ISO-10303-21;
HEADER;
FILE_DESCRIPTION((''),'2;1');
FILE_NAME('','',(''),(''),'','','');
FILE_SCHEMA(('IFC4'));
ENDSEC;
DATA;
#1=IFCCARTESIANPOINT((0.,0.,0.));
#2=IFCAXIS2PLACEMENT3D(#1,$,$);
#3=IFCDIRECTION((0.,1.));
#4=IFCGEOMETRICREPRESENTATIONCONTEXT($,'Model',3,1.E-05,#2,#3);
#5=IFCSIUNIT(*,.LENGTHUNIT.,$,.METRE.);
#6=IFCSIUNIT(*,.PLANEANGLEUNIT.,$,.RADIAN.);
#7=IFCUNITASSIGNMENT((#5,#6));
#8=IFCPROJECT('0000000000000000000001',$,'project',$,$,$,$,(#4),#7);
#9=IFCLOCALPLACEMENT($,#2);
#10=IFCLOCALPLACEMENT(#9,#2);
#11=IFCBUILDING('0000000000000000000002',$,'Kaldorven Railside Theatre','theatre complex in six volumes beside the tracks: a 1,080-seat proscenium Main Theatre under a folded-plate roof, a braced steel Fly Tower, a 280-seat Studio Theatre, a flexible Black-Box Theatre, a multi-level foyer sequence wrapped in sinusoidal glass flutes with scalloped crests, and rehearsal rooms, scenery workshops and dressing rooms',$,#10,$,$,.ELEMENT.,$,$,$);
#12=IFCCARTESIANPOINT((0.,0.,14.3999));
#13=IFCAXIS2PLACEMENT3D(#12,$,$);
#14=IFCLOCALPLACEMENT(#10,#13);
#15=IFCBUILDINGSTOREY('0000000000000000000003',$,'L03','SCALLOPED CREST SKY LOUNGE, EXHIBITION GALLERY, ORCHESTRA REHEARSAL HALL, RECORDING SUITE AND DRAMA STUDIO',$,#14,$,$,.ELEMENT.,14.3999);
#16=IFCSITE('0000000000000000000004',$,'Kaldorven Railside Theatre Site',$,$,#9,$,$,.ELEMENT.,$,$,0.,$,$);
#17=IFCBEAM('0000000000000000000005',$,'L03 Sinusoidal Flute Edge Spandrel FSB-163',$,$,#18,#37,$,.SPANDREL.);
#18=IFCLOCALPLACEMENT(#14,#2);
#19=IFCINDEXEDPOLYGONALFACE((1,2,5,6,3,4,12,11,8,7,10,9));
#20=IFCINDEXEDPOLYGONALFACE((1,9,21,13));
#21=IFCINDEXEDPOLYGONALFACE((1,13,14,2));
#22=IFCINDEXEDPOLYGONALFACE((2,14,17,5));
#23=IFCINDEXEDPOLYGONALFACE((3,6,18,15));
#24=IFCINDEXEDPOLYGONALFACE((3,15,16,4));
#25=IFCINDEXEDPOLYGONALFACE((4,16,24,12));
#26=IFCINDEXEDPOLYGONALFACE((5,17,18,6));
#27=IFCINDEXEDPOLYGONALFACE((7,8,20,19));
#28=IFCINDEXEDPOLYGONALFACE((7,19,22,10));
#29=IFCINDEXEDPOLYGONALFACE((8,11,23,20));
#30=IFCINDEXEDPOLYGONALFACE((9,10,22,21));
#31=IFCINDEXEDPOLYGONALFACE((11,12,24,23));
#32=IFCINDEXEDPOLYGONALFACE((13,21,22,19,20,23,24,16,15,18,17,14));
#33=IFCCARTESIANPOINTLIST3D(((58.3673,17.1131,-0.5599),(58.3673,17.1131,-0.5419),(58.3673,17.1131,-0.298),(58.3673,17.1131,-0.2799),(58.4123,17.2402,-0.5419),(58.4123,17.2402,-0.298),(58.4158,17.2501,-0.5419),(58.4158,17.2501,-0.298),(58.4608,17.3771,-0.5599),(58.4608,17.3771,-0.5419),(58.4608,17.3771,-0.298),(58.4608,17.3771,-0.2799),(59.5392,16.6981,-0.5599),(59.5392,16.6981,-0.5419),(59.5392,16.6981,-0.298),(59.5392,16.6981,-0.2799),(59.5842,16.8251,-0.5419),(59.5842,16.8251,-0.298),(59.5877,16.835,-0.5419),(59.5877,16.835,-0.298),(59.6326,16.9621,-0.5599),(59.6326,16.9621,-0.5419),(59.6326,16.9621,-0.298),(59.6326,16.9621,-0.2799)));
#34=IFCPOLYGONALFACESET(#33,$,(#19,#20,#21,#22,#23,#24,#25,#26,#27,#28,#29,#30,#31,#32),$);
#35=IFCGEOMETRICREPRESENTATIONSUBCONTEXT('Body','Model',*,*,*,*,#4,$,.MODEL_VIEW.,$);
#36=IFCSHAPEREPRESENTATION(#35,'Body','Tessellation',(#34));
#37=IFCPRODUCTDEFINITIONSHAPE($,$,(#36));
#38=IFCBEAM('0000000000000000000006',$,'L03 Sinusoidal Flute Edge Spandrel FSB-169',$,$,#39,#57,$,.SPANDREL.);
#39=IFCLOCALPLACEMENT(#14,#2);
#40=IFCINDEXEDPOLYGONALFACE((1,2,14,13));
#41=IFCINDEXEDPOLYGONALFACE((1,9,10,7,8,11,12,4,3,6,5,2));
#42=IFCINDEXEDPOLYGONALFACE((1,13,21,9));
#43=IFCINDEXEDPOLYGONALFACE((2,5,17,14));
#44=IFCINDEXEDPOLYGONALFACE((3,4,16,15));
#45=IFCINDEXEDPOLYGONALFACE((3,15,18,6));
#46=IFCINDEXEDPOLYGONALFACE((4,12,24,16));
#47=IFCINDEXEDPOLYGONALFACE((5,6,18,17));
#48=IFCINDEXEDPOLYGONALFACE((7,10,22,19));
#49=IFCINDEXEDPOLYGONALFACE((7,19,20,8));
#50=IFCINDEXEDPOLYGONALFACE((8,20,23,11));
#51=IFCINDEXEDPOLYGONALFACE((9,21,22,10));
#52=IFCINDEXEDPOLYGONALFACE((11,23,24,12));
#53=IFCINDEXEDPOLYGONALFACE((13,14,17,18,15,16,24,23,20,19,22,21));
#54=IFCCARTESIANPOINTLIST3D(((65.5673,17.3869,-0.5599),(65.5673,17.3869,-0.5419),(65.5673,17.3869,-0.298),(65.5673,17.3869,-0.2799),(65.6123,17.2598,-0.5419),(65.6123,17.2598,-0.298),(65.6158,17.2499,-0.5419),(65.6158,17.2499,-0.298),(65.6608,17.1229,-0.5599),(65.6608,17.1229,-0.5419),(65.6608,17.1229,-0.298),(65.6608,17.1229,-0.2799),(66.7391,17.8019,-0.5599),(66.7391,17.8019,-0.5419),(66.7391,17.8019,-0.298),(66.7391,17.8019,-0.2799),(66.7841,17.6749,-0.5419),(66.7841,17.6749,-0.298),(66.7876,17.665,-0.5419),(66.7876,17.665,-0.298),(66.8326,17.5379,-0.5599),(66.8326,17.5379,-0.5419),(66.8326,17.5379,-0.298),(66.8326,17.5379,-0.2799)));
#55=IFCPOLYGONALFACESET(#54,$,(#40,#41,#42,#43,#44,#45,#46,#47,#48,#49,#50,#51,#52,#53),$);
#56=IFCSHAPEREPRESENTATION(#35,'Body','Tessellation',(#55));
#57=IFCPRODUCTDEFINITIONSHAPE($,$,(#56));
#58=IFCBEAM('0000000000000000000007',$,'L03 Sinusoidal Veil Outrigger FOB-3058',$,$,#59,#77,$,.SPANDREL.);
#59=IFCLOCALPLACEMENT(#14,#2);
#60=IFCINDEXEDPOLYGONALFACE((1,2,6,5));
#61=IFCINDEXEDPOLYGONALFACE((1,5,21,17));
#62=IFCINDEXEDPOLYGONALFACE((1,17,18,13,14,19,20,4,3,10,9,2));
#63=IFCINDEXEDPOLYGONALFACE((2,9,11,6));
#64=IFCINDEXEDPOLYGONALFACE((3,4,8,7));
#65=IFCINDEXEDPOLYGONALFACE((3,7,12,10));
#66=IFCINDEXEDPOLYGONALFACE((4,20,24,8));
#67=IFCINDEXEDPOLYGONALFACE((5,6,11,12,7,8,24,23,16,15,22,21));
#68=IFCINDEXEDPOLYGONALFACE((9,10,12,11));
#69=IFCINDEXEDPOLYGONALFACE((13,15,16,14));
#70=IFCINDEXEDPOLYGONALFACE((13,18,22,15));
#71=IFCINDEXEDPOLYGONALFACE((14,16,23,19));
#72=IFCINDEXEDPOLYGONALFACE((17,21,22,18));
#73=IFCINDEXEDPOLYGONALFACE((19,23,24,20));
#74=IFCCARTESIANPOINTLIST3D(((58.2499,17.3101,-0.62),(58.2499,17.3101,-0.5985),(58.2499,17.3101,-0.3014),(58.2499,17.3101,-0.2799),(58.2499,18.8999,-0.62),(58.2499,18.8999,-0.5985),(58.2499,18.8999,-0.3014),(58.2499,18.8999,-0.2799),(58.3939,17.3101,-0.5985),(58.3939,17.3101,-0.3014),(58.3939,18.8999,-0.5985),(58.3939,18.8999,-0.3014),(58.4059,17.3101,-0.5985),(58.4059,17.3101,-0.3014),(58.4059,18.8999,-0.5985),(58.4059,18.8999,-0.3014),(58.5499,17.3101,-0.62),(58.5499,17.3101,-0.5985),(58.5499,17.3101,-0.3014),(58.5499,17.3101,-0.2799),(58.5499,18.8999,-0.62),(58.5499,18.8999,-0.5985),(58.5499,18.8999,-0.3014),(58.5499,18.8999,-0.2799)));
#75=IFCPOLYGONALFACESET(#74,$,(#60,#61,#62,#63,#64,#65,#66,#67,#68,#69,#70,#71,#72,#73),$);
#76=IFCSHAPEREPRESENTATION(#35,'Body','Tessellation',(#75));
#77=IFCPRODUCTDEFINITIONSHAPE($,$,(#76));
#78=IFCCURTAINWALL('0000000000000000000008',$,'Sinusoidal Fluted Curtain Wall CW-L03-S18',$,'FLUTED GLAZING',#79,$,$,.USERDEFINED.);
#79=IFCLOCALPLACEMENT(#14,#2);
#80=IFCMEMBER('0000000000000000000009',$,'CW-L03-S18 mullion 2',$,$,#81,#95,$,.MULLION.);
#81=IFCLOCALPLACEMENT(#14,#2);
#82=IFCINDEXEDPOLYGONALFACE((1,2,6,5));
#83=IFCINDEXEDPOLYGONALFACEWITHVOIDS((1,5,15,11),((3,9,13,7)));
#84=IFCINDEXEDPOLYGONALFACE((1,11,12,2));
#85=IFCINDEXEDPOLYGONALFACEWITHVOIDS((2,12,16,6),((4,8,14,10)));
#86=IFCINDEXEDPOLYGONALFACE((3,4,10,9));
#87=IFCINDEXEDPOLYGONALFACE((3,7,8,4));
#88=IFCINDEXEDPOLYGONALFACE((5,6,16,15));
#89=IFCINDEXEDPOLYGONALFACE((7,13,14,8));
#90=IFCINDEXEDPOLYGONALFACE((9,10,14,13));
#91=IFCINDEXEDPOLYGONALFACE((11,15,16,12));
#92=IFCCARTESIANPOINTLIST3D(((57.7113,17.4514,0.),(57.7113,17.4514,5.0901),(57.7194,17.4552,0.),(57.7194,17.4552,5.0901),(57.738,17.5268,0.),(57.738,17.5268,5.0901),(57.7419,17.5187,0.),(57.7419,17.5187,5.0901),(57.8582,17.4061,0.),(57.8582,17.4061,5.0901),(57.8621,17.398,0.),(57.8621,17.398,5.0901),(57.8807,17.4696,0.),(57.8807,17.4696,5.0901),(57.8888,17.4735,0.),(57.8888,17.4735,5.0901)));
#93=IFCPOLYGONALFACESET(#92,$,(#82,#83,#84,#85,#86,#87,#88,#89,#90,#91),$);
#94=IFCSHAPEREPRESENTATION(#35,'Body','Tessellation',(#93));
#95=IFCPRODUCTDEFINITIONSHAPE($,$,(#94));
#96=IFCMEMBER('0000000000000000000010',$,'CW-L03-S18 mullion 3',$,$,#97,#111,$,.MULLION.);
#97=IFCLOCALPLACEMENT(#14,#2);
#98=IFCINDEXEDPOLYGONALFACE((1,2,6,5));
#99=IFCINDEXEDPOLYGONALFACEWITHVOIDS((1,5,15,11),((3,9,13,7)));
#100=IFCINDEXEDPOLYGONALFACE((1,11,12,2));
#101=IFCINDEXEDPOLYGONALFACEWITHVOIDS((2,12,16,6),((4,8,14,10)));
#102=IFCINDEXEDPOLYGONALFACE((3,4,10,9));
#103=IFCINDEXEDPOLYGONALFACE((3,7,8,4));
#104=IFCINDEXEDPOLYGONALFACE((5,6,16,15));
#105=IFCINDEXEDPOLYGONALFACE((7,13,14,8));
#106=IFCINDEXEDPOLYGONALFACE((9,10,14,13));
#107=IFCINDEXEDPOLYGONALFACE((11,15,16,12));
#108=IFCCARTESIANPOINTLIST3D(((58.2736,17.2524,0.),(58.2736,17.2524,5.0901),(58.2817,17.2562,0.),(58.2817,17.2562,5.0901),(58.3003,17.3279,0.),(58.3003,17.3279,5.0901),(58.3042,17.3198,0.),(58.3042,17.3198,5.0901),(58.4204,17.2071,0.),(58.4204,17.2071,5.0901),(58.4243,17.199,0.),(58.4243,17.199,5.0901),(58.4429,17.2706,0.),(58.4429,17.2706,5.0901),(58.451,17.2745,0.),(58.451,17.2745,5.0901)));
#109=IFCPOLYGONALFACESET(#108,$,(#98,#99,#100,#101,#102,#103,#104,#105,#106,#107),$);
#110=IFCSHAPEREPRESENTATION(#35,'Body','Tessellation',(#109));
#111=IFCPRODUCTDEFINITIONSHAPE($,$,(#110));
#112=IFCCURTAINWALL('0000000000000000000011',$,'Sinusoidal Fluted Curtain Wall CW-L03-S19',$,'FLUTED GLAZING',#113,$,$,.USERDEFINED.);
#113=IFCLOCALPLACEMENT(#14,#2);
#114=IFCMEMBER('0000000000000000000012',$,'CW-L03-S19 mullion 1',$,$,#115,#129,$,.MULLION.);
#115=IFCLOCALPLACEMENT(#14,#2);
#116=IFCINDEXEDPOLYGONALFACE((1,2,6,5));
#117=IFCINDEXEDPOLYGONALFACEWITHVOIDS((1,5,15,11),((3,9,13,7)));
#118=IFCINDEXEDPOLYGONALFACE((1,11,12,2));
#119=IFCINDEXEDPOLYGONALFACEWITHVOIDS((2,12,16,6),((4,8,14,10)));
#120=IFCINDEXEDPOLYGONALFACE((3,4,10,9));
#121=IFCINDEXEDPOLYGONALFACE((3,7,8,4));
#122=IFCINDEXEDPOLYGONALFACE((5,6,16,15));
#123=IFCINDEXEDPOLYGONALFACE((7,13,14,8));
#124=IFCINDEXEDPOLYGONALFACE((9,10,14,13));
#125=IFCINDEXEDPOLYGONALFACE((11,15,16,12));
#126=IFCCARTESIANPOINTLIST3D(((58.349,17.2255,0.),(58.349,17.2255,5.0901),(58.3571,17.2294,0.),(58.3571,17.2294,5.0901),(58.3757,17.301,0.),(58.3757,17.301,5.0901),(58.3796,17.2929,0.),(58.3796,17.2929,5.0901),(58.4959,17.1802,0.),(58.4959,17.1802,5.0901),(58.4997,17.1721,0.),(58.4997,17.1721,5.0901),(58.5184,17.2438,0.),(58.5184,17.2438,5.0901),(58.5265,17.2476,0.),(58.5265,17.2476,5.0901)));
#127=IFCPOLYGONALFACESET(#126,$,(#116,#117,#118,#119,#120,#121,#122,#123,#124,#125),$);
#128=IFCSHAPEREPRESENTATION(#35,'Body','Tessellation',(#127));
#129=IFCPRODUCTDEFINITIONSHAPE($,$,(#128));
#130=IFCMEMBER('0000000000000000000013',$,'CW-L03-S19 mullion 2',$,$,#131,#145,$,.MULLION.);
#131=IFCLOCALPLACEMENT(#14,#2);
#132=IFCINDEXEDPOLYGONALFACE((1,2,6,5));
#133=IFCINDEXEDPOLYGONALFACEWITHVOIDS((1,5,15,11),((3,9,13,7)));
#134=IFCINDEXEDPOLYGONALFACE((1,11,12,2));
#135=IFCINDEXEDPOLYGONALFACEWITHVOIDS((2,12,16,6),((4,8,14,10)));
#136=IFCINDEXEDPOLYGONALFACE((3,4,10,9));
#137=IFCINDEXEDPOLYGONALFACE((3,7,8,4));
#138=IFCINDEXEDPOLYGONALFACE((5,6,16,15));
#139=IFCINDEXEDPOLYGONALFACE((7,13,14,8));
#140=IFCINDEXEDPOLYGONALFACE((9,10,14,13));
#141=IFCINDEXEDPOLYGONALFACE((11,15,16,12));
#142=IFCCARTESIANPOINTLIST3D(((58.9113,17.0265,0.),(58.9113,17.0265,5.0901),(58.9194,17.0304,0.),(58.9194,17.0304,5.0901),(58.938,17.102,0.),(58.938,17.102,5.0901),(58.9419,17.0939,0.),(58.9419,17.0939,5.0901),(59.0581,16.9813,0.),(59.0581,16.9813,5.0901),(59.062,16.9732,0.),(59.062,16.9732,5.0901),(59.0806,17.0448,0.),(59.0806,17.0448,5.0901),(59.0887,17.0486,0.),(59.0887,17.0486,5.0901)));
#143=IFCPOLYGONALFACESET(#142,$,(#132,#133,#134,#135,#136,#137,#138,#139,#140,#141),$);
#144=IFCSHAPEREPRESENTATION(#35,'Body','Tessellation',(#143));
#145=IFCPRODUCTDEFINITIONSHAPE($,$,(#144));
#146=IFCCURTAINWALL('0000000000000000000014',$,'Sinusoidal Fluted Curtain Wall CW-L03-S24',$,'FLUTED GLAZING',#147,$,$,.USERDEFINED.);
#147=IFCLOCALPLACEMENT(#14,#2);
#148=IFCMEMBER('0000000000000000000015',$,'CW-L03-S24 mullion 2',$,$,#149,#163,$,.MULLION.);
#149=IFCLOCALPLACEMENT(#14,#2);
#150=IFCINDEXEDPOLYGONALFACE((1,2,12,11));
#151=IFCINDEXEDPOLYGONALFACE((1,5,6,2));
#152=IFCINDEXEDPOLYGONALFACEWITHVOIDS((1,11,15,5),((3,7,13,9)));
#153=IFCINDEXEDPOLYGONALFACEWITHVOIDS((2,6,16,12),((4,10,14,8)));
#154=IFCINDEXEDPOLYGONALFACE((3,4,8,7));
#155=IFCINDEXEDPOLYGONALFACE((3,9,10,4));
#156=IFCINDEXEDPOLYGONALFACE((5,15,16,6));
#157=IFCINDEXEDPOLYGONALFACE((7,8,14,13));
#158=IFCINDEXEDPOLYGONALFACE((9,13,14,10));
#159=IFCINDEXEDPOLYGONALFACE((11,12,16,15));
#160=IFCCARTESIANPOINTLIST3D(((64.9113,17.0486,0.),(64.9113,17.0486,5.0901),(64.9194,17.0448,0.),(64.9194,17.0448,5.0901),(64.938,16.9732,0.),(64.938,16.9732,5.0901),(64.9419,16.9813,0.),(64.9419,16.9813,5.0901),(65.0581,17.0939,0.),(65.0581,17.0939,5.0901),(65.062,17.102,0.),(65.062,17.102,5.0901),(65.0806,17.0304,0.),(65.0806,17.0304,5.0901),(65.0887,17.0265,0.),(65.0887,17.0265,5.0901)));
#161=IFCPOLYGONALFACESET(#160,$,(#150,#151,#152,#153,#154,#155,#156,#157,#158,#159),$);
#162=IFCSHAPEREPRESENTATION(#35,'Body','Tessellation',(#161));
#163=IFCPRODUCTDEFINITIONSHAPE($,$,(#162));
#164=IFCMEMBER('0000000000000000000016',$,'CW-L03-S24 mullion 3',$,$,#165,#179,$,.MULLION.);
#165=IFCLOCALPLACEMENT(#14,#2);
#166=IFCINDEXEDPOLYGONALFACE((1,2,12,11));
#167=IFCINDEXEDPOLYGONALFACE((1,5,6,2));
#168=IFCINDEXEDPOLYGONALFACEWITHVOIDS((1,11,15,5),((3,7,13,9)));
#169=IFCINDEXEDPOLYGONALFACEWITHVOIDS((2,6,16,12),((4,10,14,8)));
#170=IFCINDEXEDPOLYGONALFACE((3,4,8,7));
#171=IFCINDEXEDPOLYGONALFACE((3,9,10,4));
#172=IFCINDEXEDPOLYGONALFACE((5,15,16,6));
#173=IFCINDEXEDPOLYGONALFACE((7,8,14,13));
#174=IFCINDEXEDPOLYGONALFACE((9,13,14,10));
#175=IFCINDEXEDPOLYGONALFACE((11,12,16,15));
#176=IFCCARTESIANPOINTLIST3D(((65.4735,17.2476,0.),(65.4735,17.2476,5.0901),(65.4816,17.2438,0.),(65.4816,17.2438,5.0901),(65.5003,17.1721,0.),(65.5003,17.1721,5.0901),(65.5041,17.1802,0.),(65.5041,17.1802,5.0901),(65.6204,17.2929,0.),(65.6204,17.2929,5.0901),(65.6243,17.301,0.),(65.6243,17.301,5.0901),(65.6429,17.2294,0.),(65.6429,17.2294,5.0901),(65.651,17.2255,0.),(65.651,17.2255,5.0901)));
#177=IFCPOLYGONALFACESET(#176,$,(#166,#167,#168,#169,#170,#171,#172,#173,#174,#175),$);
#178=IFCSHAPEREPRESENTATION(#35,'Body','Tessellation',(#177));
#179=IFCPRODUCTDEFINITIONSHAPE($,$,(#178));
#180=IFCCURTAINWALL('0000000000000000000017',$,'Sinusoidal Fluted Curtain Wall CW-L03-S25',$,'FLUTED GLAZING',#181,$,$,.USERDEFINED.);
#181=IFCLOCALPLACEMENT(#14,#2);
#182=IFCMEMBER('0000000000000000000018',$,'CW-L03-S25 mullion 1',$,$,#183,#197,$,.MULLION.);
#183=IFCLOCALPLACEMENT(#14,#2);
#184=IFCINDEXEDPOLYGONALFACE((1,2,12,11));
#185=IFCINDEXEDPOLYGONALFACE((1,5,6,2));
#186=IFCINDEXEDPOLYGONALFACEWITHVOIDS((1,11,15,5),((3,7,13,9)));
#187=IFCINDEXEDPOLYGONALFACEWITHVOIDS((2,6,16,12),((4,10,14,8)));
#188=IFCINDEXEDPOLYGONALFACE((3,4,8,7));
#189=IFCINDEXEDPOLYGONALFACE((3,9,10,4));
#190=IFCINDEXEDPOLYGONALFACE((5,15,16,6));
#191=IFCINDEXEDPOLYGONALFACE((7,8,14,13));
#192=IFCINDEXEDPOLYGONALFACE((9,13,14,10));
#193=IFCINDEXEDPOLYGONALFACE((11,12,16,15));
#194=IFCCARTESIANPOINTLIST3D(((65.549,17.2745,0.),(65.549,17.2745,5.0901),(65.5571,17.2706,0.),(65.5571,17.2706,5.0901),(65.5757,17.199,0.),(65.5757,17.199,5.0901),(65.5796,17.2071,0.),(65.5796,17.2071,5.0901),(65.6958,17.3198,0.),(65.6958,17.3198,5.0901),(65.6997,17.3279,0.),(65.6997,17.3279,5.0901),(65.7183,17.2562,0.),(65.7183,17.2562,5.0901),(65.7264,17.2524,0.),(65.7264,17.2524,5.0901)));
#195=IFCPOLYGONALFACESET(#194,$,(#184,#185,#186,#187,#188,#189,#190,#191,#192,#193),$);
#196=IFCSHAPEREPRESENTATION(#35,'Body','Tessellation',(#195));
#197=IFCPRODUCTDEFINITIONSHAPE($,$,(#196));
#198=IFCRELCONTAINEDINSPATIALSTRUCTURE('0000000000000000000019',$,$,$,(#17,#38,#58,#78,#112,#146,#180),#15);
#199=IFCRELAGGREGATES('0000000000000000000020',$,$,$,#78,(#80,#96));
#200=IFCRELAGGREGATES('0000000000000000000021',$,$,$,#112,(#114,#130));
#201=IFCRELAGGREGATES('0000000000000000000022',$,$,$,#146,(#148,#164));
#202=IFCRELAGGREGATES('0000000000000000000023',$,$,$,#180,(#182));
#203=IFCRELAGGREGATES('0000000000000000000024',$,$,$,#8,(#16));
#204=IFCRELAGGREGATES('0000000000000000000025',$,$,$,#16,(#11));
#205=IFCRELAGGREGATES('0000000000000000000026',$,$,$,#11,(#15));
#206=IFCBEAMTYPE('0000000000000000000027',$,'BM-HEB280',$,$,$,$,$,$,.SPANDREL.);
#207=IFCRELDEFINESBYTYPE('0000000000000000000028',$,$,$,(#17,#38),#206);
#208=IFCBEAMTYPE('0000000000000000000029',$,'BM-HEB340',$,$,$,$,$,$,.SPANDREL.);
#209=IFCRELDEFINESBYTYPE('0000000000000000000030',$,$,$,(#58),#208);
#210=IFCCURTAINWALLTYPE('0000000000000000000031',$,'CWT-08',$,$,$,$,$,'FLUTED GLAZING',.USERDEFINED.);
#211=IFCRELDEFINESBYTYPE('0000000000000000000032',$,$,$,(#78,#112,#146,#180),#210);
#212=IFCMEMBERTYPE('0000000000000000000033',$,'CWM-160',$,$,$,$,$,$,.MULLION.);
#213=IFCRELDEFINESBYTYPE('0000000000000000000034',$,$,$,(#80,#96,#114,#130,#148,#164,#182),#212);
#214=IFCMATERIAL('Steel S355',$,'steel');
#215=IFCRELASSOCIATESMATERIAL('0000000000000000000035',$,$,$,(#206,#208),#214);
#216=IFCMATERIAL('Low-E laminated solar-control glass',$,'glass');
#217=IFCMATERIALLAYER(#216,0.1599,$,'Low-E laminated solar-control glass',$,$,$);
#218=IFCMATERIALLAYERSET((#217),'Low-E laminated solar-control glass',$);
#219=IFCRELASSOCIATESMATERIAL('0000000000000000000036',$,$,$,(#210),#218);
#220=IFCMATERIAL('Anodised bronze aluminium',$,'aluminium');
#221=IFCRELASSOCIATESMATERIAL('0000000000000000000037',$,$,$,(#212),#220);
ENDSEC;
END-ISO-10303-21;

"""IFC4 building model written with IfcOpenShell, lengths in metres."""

from ifc_helpers import new_model, si_unit, direction, frame, origin, origin_2d, place, context, subcontext, project, spatial, hollow_rectangle, i_section, extrude, material, layer, layer_set, material_profile, profile_set, type_object, element, aggregate, save


model = new_model("IFC4")

# Units and contexts
model_context = context("Model", 3, precision=1e-05, world=origin(), true_north=direction((0.0, 1.0)))
body_context = subcontext(model_context, "Body", "Model", "MODEL_VIEW")
ifc_project = project(units=[si_unit("LENGTHUNIT", "METRE"), si_unit("PLANEANGLEUNIT", "RADIAN")], contexts=[model_context])

# Site, building, storey
site_placement = place(None, origin())
site = spatial("IfcSite", under=ifc_project, at=site_placement, Name="Kaldorven Railside Theatre Site", CompositionType="ELEMENT", RefElevation=0.0)
building_placement = place(site_placement, origin())
building = spatial("IfcBuilding", under=site, at=building_placement, Name="Kaldorven Railside Theatre", Description="theatre complex in six volumes beside the tracks: a 1,080-seat proscenium Main Theatre under a folded-plate roof, a braced steel Fly Tower, a 280-seat Studio Theatre, a flexible Black-Box Theatre, a multi-level foyer sequence wrapped in sinusoidal glass flutes with scalloped crests, and rehearsal rooms, scenery workshops and dressing rooms", CompositionType="ELEMENT")
storey_placement = place(building_placement, frame((0.0, 0.0, 14.3999)))
storey = spatial("IfcBuildingStorey", under=building, at=storey_placement, Name="L03", Description="SCALLOPED CREST SKY LOUNGE, EXHIBITION GALLERY, ORCHESTRA REHEARSAL HALL, RECORDING SUITE AND DRAMA STUDIO", CompositionType="ELEMENT", Elevation=14.3999)

# Beams
ifc_material_1 = material(Name="Steel S355", Category="steel")
ifc_material_profile_1 = material_profile(ifc_material_1, i_section(OverallWidth=0.28, OverallDepth=0.28, WebThickness=0.0105, FlangeThickness=0.0181, at=origin_2d()), Name="HEB 280")
ifc_profile_set_1 = profile_set([ifc_material_profile_1], Name="Steel S355")
beam_type_1 = type_object("IfcBeamType", Name="BM-HEB280", PredefinedType="SPANDREL", material=ifc_profile_set_1)
for number, where, z_axis, x_axis, name in (
    (1, (58.4141, 17.2451, -0.4199), (0.942627, -0.333847, 0.0), (0.333847, 0.942627, 0.0), "L03 Sinusoidal Flute Edge Spandrel FSB-163"),
    (2, (65.614, 17.2549, -0.4199), (0.942627, 0.333847, 0.0), (-0.333847, 0.942627, 0.0), "L03 Sinusoidal Flute Edge Spandrel FSB-169"),
):
    element("IfcBeam", number, at=place(storey_placement, frame(where, z_axis=z_axis, x_axis=x_axis)), inside=storey, type_object=beam_type_1, Name=name, PredefinedType="SPANDREL", context=body_context, shape_type="SweptSolid", body=[
        extrude(i_section(OverallWidth=0.28, OverallDepth=0.28, WebThickness=0.0105, FlangeThickness=0.0181, at=origin_2d()), origin(), (0.0, 0.0, 1.0), 1.2432),
    ])
ifc_material_profile_2 = material_profile(ifc_material_1, i_section(OverallWidth=0.3, OverallDepth=0.3401, WebThickness=0.012, FlangeThickness=0.0215, at=origin_2d()), Name="HEB 340")
ifc_profile_set_2 = profile_set([ifc_material_profile_2], Name="Steel S355")
beam_type_2 = type_object("IfcBeamType", Name="BM-HEB340", PredefinedType="SPANDREL", material=ifc_profile_set_2)
beam_placement = place(storey_placement, frame((58.3999, 17.3101, -0.45), z_axis=(0.0, 1.0, 0.0), x_axis=(-1.0, 0.0, 0.0)))
element("IfcBeam", 3, at=beam_placement, inside=storey, type_object=beam_type_2, Name="L03 Sinusoidal Veil Outrigger FOB-3058", PredefinedType="SPANDREL", context=body_context, shape_type="SweptSolid", body=[
    extrude(i_section(OverallWidth=0.3, OverallDepth=0.3401, WebThickness=0.012, FlangeThickness=0.0215, at=origin_2d()), origin(), (0.0, 0.0, 1.0), 1.5898),
])

# Curtain walls, members
ifc_material_2 = material(Name="Low-E laminated solar-control glass", Category="glass")
ifc_layer_1 = layer(ifc_material_2, 0.1599, Name="Low-E laminated solar-control glass")
ifc_layer_set_1 = layer_set([ifc_layer_1], Name="Low-E laminated solar-control glass")
curtain_wall_type = type_object("IfcCurtainWallType", Name="CWT-08", ElementType="FLUTED GLAZING", PredefinedType="USERDEFINED", material=ifc_layer_set_1)
curtain_wall_1_placement = place(storey_placement, origin())
curtain_wall_1 = element("IfcCurtainWall", 4, at=curtain_wall_1_placement, inside=storey, type_object=curtain_wall_type, Name="Sinusoidal Fluted Curtain Wall CW-L03-S18", ObjectType="FLUTED GLAZING", PredefinedType="USERDEFINED")
ifc_material_3 = material(Name="Anodised bronze aluminium", Category="aluminium")
ifc_material_profile_3 = material_profile(ifc_material_3, hollow_rectangle(XDim=0.0801, YDim=0.1599, WallThickness=0.0063, at=origin_2d()), Name="RHS 160x80x6.3")
ifc_profile_set_3 = profile_set([ifc_material_profile_3], Name="Anodised bronze aluminium")
member_type_1 = type_object("IfcMemberType", Name="CWM-160", PredefinedType="MULLION", material=ifc_profile_set_3)
member_1_placement = place(storey_placement, frame((57.8, 17.4624, 0.0), z_axis=(0.0, 0.0, 1.0), x_axis=(0.333847, 0.942627, 0.0)))
member_1 = element("IfcMember", 5, at=member_1_placement, type_object=member_type_1, Name="CW-L03-S18 mullion 2", PredefinedType="MULLION", context=body_context, shape_type="SweptSolid", body=[
    extrude(hollow_rectangle(XDim=0.0801, YDim=0.1599, WallThickness=0.0063, at=origin_2d()), origin(), (0.0, 0.0, 1.0), 5.0901),
])
member_2_placement = place(storey_placement, frame((58.3623, 17.2634, 0.0), z_axis=(0.0, 0.0, 1.0), x_axis=(0.333847, 0.942627, 0.0)))
member_2 = element("IfcMember", 6, at=member_2_placement, type_object=member_type_1, Name="CW-L03-S18 mullion 3", PredefinedType="MULLION", context=body_context, shape_type="SweptSolid", body=[
    extrude(hollow_rectangle(XDim=0.0801, YDim=0.1599, WallThickness=0.0063, at=origin_2d()), origin(), (0.0, 0.0, 1.0), 5.0901),
])
curtain_wall_2_placement = place(storey_placement, origin())
curtain_wall_2 = element("IfcCurtainWall", 7, at=curtain_wall_2_placement, inside=storey, type_object=curtain_wall_type, Name="Sinusoidal Fluted Curtain Wall CW-L03-S19", ObjectType="FLUTED GLAZING", PredefinedType="USERDEFINED")
member_3_placement = place(storey_placement, frame((58.4377, 17.2366, 0.0), z_axis=(0.0, 0.0, 1.0), x_axis=(0.333847, 0.942627, 0.0)))
member_3 = element("IfcMember", 8, at=member_3_placement, type_object=member_type_1, Name="CW-L03-S19 mullion 1", PredefinedType="MULLION", context=body_context, shape_type="SweptSolid", body=[
    extrude(hollow_rectangle(XDim=0.0801, YDim=0.1599, WallThickness=0.0063, at=origin_2d()), origin(), (0.0, 0.0, 1.0), 5.0901),
])
member_4_placement = place(storey_placement, frame((59.0, 17.0376, 0.0), z_axis=(0.0, 0.0, 1.0), x_axis=(0.333847, 0.942627, 0.0)))
member_4 = element("IfcMember", 9, at=member_4_placement, type_object=member_type_1, Name="CW-L03-S19 mullion 2", PredefinedType="MULLION", context=body_context, shape_type="SweptSolid", body=[
    extrude(hollow_rectangle(XDim=0.0801, YDim=0.1599, WallThickness=0.0063, at=origin_2d()), origin(), (0.0, 0.0, 1.0), 5.0901),
])
curtain_wall_3_placement = place(storey_placement, origin())
curtain_wall_3 = element("IfcCurtainWall", 10, at=curtain_wall_3_placement, inside=storey, type_object=curtain_wall_type, Name="Sinusoidal Fluted Curtain Wall CW-L03-S24", ObjectType="FLUTED GLAZING", PredefinedType="USERDEFINED")
member_5_placement = place(storey_placement, frame((65.0, 17.0376, 0.0), z_axis=(0.0, 0.0, 1.0), x_axis=(-0.333847, 0.942627, 0.0)))
member_5 = element("IfcMember", 11, at=member_5_placement, type_object=member_type_1, Name="CW-L03-S24 mullion 2", PredefinedType="MULLION", context=body_context, shape_type="SweptSolid", body=[
    extrude(hollow_rectangle(XDim=0.0801, YDim=0.1599, WallThickness=0.0063, at=origin_2d()), origin(), (0.0, 0.0, 1.0), 5.0901),
])
member_6_placement = place(storey_placement, frame((65.5623, 17.2366, 0.0), z_axis=(0.0, 0.0, 1.0), x_axis=(-0.333847, 0.942627, 0.0)))
member_6 = element("IfcMember", 12, at=member_6_placement, type_object=member_type_1, Name="CW-L03-S24 mullion 3", PredefinedType="MULLION", context=body_context, shape_type="SweptSolid", body=[
    extrude(hollow_rectangle(XDim=0.0801, YDim=0.1599, WallThickness=0.0063, at=origin_2d()), origin(), (0.0, 0.0, 1.0), 5.0901),
])

# Curtain wall, member
curtain_wall_4_placement = place(storey_placement, origin())
curtain_wall_4 = element("IfcCurtainWall", 13, at=curtain_wall_4_placement, inside=storey, type_object=curtain_wall_type, Name="Sinusoidal Fluted Curtain Wall CW-L03-S25", ObjectType="FLUTED GLAZING", PredefinedType="USERDEFINED")
member_7_placement = place(storey_placement, frame((65.6377, 17.2634, 0.0), z_axis=(0.0, 0.0, 1.0), x_axis=(-0.333847, 0.942627, 0.0)))
member_7 = element("IfcMember", 14, at=member_7_placement, type_object=member_type_1, Name="CW-L03-S25 mullion 1", PredefinedType="MULLION", context=body_context, shape_type="SweptSolid", body=[
    extrude(hollow_rectangle(XDim=0.0801, YDim=0.1599, WallThickness=0.0063, at=origin_2d()), origin(), (0.0, 0.0, 1.0), 5.0901),
])

aggregate(curtain_wall_1, [member_1, member_2])
aggregate(curtain_wall_2, [member_3, member_4])
aggregate(curtain_wall_3, [member_5, member_6])
aggregate(curtain_wall_4, [member_7])

save(model, "model.ifc")
